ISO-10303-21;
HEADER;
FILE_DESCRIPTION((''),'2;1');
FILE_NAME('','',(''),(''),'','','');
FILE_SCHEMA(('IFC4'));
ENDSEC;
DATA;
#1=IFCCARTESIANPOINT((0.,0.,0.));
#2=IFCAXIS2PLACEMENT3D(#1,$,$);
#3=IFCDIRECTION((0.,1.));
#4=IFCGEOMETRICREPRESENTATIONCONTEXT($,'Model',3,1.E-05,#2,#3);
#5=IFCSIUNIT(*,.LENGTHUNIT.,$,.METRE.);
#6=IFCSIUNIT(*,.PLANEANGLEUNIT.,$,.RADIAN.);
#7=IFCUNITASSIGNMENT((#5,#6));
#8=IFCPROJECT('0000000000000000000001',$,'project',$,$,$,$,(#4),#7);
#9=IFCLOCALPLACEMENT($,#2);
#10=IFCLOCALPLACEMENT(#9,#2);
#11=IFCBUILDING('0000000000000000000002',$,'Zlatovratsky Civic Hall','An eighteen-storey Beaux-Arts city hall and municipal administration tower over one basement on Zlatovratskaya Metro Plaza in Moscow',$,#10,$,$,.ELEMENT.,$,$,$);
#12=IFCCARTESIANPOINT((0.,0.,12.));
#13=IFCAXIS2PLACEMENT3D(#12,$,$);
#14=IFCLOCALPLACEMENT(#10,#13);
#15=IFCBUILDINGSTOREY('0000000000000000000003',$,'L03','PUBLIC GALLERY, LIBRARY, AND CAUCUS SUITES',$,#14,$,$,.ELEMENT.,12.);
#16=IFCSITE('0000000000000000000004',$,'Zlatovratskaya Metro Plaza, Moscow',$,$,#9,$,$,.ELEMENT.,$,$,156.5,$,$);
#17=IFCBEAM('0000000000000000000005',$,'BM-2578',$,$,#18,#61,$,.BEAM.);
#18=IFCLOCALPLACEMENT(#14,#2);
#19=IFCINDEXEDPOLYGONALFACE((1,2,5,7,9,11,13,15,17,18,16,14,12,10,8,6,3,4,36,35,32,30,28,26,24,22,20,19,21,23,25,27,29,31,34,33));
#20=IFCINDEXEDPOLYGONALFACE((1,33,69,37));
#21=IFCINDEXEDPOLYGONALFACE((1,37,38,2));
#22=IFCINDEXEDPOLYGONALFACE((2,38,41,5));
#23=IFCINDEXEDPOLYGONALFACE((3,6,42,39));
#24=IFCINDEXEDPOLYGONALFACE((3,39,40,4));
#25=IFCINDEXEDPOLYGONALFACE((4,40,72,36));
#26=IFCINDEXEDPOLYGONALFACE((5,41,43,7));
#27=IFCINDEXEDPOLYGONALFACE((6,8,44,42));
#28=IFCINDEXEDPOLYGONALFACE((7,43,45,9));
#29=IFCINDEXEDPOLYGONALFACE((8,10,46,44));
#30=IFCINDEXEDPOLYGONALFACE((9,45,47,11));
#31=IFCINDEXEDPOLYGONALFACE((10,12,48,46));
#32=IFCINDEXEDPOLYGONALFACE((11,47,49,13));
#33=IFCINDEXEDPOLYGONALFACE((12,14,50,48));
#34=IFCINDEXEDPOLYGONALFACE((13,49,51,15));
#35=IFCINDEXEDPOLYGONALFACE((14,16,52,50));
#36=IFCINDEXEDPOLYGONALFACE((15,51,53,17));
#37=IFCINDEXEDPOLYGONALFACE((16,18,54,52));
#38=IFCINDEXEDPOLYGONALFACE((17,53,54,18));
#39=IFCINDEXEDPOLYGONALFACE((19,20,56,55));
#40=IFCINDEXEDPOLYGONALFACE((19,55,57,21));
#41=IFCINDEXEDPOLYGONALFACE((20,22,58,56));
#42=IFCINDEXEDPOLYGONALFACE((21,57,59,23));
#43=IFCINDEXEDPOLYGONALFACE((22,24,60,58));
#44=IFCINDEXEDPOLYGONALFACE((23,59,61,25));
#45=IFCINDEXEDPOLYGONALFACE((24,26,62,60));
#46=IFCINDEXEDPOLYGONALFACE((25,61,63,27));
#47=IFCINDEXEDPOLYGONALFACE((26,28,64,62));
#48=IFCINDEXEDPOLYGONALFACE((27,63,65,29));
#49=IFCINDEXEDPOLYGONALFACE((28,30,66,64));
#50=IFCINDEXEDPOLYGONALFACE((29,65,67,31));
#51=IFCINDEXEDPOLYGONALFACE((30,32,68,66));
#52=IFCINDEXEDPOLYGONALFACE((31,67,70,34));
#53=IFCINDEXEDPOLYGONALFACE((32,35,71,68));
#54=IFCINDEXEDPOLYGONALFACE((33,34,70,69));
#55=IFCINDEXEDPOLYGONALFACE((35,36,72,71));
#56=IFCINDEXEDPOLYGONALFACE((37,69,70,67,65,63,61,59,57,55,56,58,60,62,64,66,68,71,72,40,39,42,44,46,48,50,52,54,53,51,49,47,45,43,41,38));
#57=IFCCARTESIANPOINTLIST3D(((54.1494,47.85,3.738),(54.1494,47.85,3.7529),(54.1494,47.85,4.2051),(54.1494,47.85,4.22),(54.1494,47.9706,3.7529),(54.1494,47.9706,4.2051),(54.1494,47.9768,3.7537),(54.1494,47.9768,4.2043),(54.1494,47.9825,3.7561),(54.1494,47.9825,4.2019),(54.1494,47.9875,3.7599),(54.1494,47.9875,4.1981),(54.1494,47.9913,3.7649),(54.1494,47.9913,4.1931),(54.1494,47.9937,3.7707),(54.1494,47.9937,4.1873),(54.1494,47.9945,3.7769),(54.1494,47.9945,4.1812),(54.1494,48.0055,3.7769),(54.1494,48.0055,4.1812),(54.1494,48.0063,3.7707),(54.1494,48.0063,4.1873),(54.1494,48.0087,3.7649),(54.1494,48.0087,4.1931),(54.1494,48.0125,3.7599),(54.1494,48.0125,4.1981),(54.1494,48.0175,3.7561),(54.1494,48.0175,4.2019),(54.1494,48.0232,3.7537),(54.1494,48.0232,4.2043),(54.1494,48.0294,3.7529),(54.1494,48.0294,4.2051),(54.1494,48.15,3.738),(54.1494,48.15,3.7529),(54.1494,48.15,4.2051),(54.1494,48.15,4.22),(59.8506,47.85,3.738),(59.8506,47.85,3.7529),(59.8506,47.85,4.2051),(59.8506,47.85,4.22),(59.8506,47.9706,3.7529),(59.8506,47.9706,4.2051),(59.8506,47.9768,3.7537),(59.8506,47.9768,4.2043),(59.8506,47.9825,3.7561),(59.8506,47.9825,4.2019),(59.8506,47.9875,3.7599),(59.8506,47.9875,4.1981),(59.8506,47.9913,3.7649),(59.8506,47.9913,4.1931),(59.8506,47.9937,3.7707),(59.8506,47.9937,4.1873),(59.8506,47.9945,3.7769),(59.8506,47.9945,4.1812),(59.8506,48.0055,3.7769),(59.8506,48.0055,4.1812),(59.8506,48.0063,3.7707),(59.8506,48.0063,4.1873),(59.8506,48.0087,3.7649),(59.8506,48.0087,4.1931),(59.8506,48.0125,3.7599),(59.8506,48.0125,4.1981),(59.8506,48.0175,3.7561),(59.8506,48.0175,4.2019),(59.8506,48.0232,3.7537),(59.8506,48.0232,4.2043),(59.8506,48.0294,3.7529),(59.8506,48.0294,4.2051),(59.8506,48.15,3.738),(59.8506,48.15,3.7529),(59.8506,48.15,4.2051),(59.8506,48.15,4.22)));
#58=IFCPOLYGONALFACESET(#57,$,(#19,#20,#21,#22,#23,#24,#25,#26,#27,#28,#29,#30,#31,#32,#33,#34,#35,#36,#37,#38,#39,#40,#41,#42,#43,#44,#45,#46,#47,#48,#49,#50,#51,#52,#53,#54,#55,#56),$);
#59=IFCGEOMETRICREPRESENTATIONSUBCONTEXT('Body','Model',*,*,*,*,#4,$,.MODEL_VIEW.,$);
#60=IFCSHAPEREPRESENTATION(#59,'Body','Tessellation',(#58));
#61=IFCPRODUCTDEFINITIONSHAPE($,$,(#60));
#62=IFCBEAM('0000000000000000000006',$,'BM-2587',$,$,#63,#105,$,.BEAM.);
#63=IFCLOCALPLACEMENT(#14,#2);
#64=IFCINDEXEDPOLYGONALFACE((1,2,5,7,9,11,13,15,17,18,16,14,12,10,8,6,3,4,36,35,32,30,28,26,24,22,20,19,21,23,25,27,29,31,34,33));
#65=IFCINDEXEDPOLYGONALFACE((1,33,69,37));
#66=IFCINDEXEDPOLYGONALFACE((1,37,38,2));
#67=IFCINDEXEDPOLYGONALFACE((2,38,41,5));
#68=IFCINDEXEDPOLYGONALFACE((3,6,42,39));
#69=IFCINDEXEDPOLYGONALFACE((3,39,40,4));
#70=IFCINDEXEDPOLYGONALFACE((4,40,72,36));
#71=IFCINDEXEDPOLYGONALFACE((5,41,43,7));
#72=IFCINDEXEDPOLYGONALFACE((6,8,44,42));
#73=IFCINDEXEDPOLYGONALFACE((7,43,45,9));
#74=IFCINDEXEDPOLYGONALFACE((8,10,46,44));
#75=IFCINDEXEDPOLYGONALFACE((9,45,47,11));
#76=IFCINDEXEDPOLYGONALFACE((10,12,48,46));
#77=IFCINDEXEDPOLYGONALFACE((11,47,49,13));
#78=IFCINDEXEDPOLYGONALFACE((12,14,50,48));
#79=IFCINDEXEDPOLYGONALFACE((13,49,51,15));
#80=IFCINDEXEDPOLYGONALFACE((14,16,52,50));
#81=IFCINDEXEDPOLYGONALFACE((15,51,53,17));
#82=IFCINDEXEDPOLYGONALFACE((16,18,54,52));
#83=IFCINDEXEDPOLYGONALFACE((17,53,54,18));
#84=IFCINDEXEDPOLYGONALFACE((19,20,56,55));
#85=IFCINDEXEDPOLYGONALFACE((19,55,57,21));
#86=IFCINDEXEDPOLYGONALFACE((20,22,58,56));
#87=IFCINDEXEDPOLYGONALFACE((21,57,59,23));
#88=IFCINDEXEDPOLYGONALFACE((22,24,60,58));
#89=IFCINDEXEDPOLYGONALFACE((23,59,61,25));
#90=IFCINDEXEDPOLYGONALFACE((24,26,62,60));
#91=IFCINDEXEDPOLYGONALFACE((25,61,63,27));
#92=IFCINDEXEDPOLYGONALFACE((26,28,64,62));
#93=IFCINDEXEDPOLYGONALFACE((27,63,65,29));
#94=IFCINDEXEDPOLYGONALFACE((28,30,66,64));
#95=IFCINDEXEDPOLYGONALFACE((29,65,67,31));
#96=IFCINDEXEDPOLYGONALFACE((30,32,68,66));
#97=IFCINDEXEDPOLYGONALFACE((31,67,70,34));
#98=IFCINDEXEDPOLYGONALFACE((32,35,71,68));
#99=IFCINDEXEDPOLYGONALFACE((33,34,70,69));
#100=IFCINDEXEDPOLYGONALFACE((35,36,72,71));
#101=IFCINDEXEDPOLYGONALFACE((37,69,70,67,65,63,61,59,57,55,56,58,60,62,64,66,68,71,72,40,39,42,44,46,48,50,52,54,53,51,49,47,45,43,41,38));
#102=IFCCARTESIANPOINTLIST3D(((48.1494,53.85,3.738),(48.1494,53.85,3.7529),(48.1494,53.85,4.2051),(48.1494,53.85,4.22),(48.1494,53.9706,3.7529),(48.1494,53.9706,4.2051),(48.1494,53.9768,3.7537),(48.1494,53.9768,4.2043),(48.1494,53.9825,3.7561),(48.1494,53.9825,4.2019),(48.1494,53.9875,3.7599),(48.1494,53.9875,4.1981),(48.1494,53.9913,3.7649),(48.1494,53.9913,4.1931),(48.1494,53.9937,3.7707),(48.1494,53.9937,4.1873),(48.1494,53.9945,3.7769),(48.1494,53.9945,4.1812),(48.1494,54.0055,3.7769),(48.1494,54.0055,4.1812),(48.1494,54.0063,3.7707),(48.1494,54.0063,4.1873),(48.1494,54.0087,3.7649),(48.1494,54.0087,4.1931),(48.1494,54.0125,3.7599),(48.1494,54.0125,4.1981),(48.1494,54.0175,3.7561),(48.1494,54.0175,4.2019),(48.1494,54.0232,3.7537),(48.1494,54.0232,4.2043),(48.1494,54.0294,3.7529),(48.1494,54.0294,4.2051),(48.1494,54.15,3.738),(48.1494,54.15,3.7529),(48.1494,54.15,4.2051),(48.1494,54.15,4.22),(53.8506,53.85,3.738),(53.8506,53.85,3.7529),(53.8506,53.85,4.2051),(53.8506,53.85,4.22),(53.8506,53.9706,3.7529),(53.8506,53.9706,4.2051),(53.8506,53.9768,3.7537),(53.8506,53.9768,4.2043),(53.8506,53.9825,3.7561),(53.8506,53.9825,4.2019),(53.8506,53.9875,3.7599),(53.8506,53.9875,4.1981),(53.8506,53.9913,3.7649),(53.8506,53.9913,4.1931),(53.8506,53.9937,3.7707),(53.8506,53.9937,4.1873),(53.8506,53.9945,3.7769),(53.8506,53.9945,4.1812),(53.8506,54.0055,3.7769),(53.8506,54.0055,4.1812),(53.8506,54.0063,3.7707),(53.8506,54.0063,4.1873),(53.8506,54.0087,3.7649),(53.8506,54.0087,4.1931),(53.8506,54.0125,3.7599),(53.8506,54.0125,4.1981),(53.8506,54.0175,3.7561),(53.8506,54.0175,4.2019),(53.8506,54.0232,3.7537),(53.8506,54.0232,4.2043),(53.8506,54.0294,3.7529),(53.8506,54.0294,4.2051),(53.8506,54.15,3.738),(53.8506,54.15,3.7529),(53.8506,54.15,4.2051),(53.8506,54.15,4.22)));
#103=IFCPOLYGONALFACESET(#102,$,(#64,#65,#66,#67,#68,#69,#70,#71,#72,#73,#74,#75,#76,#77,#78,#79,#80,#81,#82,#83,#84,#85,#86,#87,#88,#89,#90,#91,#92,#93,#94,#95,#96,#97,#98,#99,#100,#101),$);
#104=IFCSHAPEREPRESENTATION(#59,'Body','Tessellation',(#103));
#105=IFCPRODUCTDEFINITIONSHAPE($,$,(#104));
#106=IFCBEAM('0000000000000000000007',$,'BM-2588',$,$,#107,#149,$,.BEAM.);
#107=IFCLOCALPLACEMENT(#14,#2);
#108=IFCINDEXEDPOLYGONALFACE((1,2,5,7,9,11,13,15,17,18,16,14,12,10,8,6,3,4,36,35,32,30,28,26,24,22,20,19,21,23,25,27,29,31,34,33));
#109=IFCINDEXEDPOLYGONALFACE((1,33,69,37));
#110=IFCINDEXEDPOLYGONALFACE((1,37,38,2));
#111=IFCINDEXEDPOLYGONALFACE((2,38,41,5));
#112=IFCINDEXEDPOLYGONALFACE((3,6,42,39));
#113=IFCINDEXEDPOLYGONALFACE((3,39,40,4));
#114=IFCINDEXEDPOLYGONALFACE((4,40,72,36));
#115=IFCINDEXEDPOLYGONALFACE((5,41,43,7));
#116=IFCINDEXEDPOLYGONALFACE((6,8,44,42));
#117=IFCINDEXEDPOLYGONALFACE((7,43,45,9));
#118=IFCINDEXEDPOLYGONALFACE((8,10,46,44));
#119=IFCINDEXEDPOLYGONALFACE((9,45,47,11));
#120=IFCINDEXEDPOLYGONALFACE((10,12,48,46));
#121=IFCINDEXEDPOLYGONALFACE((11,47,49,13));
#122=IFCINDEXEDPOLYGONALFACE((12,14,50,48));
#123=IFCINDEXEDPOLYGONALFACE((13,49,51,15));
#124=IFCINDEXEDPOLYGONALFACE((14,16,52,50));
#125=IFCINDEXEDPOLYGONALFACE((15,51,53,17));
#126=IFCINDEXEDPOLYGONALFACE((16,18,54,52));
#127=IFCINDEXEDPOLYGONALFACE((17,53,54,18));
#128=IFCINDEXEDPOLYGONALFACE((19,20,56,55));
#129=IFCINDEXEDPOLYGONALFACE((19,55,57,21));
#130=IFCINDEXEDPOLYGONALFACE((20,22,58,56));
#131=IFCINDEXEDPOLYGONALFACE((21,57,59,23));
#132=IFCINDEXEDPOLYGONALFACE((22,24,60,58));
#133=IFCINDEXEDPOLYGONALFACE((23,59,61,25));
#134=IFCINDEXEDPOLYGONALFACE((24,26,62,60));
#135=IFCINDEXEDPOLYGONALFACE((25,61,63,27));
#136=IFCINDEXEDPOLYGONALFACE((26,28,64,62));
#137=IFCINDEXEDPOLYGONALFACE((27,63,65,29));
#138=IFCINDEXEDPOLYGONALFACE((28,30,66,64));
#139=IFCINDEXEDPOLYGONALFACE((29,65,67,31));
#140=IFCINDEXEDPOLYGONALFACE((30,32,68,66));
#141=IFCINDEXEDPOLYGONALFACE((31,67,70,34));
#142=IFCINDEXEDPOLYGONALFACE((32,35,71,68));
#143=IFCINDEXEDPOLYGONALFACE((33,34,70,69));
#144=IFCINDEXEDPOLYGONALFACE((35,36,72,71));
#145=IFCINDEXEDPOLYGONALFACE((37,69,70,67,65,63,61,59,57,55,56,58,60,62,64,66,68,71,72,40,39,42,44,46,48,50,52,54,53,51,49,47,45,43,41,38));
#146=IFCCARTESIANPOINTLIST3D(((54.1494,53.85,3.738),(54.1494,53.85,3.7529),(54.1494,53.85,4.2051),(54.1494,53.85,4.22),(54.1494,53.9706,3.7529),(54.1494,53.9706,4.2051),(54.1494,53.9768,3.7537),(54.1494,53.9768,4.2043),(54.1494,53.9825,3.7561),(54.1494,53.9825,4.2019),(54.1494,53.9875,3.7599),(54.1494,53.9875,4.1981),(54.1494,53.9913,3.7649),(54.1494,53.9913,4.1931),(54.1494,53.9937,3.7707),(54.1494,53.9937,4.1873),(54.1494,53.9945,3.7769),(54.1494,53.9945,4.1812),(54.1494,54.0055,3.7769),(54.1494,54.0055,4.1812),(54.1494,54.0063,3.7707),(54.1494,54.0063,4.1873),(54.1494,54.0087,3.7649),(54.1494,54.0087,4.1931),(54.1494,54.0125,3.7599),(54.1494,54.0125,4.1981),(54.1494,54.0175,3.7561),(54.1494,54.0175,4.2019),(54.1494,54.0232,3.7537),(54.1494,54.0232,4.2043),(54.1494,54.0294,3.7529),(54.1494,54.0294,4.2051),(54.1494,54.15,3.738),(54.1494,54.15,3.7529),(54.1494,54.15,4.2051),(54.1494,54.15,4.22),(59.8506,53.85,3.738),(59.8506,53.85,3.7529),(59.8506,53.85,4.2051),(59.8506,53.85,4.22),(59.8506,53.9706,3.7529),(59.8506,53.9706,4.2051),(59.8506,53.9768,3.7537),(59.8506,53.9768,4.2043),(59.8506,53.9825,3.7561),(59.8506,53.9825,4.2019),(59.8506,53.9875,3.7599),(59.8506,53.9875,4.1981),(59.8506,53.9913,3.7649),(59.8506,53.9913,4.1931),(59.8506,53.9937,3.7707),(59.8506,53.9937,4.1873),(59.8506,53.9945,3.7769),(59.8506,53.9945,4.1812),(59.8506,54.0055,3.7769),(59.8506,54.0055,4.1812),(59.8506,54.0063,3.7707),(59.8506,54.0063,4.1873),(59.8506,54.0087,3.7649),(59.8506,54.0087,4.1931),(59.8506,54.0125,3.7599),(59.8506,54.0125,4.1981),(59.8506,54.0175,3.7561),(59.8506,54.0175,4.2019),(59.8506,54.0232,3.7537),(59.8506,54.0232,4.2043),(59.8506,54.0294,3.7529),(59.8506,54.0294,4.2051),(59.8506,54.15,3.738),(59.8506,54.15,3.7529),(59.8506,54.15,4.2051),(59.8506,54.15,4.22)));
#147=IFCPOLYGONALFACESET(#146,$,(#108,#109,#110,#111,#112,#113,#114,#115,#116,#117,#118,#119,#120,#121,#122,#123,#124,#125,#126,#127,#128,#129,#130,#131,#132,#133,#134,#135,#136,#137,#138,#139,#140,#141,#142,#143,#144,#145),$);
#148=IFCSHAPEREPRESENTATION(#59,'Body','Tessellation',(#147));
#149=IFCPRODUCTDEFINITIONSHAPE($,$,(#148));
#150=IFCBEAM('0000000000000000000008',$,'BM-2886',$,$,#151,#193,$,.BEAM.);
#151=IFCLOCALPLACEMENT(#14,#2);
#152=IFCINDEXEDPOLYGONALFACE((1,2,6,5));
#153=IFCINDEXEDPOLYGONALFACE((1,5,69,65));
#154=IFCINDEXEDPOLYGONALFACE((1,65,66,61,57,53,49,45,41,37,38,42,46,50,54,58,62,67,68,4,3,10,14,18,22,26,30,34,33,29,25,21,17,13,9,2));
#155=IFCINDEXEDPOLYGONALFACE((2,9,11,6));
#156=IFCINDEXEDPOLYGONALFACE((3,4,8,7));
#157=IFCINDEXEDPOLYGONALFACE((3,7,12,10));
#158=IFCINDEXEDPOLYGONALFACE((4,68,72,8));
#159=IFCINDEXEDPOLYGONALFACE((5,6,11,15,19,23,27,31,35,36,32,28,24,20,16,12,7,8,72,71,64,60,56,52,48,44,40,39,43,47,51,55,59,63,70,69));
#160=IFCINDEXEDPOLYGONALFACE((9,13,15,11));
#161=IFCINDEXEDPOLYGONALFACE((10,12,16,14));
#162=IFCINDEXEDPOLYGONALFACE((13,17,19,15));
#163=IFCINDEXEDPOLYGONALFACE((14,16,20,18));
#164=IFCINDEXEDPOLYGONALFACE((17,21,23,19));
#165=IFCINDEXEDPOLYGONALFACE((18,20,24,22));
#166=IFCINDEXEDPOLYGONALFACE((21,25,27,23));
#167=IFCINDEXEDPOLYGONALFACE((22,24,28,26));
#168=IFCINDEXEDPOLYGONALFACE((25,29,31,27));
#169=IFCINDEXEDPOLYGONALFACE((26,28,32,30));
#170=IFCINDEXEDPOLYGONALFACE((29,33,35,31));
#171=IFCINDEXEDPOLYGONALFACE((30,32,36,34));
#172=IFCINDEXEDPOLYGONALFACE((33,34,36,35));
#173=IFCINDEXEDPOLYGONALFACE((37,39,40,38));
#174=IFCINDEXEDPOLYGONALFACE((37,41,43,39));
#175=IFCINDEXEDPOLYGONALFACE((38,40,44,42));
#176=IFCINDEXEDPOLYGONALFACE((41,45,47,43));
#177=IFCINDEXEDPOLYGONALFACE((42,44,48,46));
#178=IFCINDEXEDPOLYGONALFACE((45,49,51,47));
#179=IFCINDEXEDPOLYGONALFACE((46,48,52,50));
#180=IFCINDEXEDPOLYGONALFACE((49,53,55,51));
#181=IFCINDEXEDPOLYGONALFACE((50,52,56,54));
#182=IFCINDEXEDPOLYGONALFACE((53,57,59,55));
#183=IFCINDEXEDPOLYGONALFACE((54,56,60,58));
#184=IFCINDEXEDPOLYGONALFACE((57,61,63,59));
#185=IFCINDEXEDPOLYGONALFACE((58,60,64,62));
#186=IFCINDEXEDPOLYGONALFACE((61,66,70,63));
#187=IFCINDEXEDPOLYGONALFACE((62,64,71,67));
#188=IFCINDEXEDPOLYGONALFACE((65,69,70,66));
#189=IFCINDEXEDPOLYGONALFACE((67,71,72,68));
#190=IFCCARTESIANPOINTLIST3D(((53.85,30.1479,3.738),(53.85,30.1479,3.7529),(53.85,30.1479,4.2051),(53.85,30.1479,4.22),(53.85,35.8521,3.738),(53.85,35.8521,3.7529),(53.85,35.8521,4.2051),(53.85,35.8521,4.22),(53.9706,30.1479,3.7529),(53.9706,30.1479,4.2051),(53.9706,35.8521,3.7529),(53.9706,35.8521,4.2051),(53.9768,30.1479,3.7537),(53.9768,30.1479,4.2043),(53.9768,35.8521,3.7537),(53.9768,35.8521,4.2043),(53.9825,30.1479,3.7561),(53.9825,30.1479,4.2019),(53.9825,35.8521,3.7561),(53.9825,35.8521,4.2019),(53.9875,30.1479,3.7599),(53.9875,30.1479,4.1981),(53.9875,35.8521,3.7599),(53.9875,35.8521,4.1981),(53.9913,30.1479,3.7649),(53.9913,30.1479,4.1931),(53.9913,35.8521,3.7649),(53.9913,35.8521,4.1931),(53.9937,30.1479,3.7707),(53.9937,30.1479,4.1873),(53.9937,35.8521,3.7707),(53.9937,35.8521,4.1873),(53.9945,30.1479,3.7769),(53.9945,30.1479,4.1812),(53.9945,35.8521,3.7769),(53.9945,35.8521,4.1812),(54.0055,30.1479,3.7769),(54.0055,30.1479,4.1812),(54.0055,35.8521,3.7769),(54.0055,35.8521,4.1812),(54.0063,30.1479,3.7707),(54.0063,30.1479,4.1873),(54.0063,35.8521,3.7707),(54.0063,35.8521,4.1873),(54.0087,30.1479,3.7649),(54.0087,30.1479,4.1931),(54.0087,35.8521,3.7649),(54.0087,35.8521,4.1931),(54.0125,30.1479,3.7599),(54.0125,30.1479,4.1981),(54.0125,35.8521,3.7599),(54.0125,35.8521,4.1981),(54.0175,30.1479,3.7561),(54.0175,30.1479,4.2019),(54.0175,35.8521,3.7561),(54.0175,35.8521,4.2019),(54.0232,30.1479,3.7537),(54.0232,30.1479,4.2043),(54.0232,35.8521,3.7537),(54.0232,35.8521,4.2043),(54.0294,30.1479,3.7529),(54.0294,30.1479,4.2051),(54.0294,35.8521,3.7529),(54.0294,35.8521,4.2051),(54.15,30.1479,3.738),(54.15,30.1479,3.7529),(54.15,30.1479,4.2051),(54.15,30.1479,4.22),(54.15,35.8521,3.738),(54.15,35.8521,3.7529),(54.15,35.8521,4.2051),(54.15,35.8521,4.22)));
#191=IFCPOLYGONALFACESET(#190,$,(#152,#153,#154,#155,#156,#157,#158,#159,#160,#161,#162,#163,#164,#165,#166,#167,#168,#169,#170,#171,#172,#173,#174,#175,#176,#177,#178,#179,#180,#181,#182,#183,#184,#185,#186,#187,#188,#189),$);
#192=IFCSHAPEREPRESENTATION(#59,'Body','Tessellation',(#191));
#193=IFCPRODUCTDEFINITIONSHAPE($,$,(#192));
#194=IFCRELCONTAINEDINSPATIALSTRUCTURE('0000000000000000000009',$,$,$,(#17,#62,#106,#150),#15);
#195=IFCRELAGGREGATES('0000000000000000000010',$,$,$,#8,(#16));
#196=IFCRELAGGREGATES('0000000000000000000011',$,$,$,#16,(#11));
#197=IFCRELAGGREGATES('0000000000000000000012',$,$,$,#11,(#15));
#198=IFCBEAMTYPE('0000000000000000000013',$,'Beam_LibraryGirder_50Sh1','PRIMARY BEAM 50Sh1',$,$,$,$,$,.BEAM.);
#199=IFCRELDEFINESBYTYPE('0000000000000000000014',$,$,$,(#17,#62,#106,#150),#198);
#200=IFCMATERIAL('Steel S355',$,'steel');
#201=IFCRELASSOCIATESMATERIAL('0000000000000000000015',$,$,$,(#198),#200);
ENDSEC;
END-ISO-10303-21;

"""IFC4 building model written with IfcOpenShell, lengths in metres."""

from ifc_helpers import new_model, si_unit, direction, frame, origin, origin_2d, place, context, subcontext, project, spatial, i_section, extrude, material, material_profile, profile_set, type_object, element, save


model = new_model("IFC4")

# Units and contexts
model_context = context("Model", 3, precision=1e-05, world=origin(), true_north=direction((0.0, 1.0)))
body_context = subcontext(model_context, "Body", "Model", "MODEL_VIEW")
ifc_project = project(units=[si_unit("LENGTHUNIT", "METRE"), si_unit("PLANEANGLEUNIT", "RADIAN")], contexts=[model_context])

# Site, building, storey
site_placement = place(None, origin())
site = spatial("IfcSite", under=ifc_project, at=site_placement, Name="Zlatovratskaya Metro Plaza, Moscow", CompositionType="ELEMENT", RefElevation=156.5)
building_placement = place(site_placement, origin())
building = spatial("IfcBuilding", under=site, at=building_placement, Name="Zlatovratsky Civic Hall", Description="An eighteen-storey Beaux-Arts city hall and municipal administration tower over one basement on Zlatovratskaya Metro Plaza in Moscow", CompositionType="ELEMENT")
storey_placement = place(building_placement, frame((0.0, 0.0, 12.0)))
storey = spatial("IfcBuildingStorey", under=building, at=storey_placement, Name="L03", Description="PUBLIC GALLERY, LIBRARY, AND CAUCUS SUITES", CompositionType="ELEMENT", Elevation=12.0)

# Shared definitions
ifc_material_1 = material(Name="Steel S355", Category="steel")

# Beams
ifc_material_profile_1 = material_profile(ifc_material_1, i_section(OverallWidth=0.3, OverallDepth=0.4819, WebThickness=0.011, FlangeThickness=0.0149, FilletRadius=0.0239, at=origin_2d()), Name="50Sh1")
ifc_profile_set_1 = profile_set([ifc_material_profile_1], Name="Steel S355")
beam_type = type_object("IfcBeamType", Name="Beam_LibraryGirder_50Sh1", Description="PRIMARY BEAM 50Sh1", PredefinedType="BEAM", material=ifc_profile_set_1)
for number, where, z_axis, x_axis, name in (
    (1, (54.1494, 48.0, 3.979), (1.0, 0.0, 0.0), (0.0, 1.0, 0.0), "BM-2578"),
    (2, (48.1494, 54.0, 3.979), (1.0, 0.0, 0.0), (0.0, 1.0, 0.0), "BM-2587"),
    (3, (54.1494, 54.0, 3.979), (1.0, 0.0, 0.0), (0.0, 1.0, 0.0), "BM-2588"),
):
    element("IfcBeam", number, at=place(storey_placement, frame(where, z_axis=z_axis, x_axis=x_axis)), inside=storey, type_object=beam_type, Name=name, PredefinedType="BEAM", context=body_context, shape_type="SweptSolid", body=[
        extrude(i_section(OverallWidth=0.3, OverallDepth=0.4819, WebThickness=0.011, FlangeThickness=0.0149, FilletRadius=0.0239, at=origin_2d()), origin(), (0.0, 0.0, 1.0), 5.7012),
    ])
for number, where, z_axis, x_axis, name in (
    (4, (54.0, 30.1479, 3.979), (0.0, 1.0, 0.0), (-1.0, 0.0, 0.0), "BM-2886"),
):
    element("IfcBeam", number, at=place(storey_placement, frame(where, z_axis=z_axis, x_axis=x_axis)), inside=storey, type_object=beam_type, Name=name, PredefinedType="BEAM", context=body_context, shape_type="SweptSolid", body=[
        extrude(i_section(OverallWidth=0.3, OverallDepth=0.4819, WebThickness=0.011, FlangeThickness=0.0149, FilletRadius=0.0239, at=origin_2d()), origin(), (0.0, 0.0, 1.0), 5.7041),
    ])

save(model, "model.ifc")
